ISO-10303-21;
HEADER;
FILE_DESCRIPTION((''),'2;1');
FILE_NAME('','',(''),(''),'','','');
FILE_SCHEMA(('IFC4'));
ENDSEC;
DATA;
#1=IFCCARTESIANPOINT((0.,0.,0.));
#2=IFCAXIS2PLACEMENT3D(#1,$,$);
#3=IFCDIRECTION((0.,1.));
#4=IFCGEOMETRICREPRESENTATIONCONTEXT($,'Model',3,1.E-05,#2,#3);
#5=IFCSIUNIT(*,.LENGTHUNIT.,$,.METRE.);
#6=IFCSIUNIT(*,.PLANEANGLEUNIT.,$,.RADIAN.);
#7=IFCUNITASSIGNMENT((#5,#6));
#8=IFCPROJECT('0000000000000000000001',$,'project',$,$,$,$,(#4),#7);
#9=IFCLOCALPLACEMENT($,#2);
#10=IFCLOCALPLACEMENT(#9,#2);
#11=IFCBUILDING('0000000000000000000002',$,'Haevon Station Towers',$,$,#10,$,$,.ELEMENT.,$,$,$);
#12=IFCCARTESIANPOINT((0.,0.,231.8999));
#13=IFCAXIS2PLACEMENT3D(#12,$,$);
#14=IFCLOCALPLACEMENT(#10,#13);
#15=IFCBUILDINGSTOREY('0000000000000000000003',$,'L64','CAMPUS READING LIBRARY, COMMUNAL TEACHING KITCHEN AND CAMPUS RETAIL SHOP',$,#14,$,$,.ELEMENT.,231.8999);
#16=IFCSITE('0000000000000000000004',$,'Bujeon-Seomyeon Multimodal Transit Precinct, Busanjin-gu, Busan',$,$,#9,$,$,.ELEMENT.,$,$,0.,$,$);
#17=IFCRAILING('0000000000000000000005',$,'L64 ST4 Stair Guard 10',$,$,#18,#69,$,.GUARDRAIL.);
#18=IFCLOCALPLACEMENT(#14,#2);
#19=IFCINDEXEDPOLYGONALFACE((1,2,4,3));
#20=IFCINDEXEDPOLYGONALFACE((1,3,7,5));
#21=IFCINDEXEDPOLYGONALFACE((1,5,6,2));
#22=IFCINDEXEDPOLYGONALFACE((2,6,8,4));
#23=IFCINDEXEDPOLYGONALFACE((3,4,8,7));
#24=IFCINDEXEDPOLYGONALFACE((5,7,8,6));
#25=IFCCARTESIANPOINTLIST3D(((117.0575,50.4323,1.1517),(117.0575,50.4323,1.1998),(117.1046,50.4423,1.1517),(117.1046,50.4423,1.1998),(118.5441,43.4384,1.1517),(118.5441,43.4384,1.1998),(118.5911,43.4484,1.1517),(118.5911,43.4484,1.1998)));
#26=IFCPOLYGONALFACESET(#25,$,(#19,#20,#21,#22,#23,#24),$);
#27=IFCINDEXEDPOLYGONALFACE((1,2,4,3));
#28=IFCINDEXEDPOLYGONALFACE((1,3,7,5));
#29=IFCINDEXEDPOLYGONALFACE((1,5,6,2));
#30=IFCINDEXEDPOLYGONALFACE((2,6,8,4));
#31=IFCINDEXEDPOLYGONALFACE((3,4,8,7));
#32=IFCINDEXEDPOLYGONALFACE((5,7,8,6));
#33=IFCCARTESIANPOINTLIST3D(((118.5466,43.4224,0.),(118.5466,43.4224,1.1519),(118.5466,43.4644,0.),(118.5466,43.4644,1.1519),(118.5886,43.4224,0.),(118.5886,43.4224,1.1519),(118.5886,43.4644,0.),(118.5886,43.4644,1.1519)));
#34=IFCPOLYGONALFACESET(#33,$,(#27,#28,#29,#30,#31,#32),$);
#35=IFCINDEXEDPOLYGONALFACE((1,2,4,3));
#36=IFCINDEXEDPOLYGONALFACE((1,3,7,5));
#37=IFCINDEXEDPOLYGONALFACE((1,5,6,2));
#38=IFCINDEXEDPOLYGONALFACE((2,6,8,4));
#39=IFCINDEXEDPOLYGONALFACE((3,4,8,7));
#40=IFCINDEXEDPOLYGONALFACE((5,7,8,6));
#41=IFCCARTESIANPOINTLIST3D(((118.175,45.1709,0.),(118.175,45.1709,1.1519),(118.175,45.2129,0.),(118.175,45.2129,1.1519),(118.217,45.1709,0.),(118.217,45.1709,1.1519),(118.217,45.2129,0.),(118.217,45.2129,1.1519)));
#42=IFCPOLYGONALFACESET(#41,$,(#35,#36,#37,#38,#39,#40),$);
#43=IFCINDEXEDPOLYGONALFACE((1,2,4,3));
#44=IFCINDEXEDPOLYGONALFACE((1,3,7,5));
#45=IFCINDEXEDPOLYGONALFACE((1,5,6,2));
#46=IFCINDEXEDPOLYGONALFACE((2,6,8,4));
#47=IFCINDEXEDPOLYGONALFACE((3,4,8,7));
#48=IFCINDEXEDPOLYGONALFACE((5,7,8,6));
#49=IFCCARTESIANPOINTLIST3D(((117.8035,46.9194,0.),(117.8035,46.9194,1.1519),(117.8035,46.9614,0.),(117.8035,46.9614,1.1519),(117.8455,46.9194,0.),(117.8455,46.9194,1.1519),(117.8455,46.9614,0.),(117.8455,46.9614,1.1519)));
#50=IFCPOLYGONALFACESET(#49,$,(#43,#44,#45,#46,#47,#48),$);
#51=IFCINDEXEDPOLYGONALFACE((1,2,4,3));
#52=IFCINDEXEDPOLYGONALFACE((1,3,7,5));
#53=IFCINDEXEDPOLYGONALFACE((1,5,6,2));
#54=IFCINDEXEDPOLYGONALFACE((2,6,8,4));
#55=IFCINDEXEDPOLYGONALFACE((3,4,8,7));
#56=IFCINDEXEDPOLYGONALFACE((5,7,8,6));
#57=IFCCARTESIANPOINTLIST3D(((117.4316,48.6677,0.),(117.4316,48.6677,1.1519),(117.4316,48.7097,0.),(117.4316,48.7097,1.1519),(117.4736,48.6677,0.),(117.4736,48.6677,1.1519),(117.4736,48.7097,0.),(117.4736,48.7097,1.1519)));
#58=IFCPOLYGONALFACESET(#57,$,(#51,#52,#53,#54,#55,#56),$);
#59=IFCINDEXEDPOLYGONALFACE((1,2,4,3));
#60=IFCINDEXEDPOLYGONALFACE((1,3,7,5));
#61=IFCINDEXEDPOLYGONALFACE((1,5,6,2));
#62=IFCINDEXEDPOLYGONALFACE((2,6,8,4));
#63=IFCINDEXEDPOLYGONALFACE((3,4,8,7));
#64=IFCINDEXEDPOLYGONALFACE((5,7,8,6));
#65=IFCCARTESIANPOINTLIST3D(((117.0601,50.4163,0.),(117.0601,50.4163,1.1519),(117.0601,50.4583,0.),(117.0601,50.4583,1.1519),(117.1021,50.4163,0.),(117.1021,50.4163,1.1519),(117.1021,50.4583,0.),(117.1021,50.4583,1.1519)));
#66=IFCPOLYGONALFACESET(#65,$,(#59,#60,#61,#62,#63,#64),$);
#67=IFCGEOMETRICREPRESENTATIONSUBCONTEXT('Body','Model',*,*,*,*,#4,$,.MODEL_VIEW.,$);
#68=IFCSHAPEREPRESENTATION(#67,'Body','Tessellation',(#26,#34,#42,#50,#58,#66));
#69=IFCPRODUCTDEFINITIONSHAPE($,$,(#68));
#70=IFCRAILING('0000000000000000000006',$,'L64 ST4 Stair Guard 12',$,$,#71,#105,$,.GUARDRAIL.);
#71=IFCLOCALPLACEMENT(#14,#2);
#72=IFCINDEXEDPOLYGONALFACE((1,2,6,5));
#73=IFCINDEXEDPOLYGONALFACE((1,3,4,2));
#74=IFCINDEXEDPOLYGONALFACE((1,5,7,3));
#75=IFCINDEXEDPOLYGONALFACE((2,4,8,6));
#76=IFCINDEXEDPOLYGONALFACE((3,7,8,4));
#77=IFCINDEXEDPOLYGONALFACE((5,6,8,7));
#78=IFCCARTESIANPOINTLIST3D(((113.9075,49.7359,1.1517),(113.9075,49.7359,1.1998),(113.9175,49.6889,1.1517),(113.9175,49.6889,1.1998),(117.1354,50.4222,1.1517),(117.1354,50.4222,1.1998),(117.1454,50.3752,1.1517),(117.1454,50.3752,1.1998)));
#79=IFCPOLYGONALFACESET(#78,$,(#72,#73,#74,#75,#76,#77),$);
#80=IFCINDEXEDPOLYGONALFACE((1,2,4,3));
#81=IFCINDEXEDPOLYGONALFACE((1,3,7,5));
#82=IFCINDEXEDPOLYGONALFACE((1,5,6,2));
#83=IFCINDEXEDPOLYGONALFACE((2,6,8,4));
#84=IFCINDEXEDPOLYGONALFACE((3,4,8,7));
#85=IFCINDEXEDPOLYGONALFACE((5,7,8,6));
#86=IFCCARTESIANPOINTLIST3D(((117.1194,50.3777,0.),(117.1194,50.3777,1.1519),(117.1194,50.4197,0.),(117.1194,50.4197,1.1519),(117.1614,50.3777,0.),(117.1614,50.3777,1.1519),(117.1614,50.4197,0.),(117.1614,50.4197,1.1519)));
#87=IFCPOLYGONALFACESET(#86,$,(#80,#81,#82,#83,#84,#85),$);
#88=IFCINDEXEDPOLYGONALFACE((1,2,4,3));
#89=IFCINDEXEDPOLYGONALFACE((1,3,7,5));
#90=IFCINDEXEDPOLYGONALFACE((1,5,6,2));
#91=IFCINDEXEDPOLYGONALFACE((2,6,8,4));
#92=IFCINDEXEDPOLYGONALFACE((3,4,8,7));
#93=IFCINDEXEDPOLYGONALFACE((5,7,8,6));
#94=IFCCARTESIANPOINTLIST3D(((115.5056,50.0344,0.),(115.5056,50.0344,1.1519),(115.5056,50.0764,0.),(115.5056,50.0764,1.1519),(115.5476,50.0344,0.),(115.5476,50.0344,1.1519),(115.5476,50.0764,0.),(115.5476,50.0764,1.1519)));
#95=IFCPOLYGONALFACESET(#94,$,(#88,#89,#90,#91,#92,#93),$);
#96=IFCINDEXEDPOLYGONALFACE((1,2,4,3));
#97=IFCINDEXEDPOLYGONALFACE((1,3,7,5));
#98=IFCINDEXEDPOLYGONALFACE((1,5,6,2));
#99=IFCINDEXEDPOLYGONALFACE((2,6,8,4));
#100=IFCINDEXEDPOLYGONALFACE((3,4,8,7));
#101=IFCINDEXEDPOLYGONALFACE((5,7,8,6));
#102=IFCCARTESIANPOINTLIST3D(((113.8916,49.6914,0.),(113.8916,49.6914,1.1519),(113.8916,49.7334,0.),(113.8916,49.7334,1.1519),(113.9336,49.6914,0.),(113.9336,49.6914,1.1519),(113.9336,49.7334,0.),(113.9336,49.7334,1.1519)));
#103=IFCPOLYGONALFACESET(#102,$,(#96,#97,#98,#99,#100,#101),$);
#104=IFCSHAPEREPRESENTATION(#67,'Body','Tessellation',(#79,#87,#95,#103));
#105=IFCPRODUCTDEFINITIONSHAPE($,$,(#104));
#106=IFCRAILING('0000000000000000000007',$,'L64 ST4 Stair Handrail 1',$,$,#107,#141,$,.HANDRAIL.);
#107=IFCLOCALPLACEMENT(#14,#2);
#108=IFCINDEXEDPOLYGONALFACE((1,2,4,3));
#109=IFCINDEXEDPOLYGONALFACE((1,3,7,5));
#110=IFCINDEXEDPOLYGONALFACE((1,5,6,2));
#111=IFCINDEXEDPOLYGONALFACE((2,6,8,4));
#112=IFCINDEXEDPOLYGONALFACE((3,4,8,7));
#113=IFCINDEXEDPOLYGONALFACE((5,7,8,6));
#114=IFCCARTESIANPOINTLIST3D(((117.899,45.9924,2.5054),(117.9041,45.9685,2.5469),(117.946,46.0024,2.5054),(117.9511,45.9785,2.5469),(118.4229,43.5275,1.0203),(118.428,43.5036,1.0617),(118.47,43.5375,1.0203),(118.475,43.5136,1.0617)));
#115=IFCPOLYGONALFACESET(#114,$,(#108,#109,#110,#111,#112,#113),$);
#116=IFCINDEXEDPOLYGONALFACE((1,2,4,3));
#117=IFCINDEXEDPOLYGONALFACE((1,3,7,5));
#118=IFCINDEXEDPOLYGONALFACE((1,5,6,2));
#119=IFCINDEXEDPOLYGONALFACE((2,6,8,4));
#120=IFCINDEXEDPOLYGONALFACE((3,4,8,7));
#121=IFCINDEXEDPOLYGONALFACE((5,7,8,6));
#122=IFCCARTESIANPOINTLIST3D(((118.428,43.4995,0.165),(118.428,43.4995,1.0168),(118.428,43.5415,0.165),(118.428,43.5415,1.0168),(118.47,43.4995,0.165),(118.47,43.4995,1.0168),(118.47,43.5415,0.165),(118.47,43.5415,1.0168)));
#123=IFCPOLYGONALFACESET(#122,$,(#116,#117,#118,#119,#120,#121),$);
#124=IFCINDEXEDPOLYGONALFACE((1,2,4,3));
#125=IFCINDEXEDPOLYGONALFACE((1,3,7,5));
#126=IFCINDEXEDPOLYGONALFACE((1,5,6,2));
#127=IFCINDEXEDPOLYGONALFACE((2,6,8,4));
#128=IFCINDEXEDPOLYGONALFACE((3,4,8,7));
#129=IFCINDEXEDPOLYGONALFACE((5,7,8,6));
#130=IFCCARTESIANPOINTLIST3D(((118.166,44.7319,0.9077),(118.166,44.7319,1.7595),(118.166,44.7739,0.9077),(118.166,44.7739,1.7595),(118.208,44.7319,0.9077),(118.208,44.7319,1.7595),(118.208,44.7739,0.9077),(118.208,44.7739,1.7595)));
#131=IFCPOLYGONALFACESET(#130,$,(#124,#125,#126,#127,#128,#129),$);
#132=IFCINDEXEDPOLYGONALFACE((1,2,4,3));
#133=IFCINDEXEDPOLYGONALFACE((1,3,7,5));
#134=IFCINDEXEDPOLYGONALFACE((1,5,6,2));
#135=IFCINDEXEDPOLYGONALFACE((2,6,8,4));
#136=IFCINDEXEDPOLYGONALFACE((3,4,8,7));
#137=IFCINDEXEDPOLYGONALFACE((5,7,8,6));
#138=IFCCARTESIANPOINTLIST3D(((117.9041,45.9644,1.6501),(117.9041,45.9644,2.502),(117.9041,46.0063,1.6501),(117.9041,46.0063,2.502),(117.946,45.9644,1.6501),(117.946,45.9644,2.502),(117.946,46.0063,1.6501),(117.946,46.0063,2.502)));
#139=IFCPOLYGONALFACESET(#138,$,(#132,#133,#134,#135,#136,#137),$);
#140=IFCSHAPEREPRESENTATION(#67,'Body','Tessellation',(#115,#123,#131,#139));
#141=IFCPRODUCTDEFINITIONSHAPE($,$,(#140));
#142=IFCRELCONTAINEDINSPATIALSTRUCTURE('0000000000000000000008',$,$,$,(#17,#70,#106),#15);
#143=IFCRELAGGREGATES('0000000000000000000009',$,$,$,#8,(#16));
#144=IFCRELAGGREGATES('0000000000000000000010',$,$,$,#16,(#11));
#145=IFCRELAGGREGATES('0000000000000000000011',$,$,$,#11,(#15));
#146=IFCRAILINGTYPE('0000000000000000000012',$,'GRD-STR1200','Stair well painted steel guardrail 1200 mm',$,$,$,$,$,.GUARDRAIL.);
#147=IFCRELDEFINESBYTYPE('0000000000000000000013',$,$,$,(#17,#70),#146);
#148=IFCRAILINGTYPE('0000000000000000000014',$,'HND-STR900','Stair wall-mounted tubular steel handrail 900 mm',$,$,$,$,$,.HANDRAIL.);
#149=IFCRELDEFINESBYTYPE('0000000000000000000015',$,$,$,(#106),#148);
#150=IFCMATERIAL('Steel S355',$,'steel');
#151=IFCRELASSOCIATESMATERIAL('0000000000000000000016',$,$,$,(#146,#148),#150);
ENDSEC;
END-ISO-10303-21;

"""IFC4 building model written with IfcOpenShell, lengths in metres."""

from ifc_helpers import new_model, si_unit, direction, frame, origin, origin_2d, place, context, subcontext, project, spatial, rectangle, extrude, material, type_object, element, save


model = new_model("IFC4")

# Units and contexts
model_context = context("Model", 3, precision=1e-05, world=origin(), true_north=direction((0.0, 1.0)))
body_context = subcontext(model_context, "Body", "Model", "MODEL_VIEW")
ifc_project = project(units=[si_unit("LENGTHUNIT", "METRE"), si_unit("PLANEANGLEUNIT", "RADIAN")], contexts=[model_context])

# Site, building, storey
site_placement = place(None, origin())
site = spatial("IfcSite", under=ifc_project, at=site_placement, Name="Bujeon-Seomyeon Multimodal Transit Precinct, Busanjin-gu, Busan", CompositionType="ELEMENT", RefElevation=0.0)
building_placement = place(site_placement, origin())
building = spatial("IfcBuilding", under=site, at=building_placement, Name="Haevon Station Towers", CompositionType="ELEMENT")
storey_placement = place(building_placement, frame((0.0, 0.0, 231.8999)))
storey = spatial("IfcBuildingStorey", under=building, at=storey_placement, Name="L64", Description="CAMPUS READING LIBRARY, COMMUNAL TEACHING KITCHEN AND CAMPUS RETAIL SHOP", CompositionType="ELEMENT", Elevation=231.8999)

# Shared definitions
ifc_material_1 = material(Name="Steel S355", Category="steel")

# Railings
railing_type_1 = type_object("IfcRailingType", Name="GRD-STR1200", Description="Stair well painted steel guardrail 1200 mm", PredefinedType="GUARDRAIL", material=ifc_material_1)
railing_1_placement = place(storey_placement, frame((118.5676, 43.4434, 0.0)))
element("IfcRailing", 1, at=railing_1_placement, inside=storey, type_object=railing_type_1, Name="L64 ST4 Stair Guard 10", PredefinedType="GUARDRAIL", context=body_context, shape_type="SweptSolid", body=[
    extrude(rectangle(XDim=0.0481, YDim=0.0481, at=origin_2d()), frame((0.0, 0.0, 1.1758), z_axis=(-0.207908, 0.978148, 0.0), x_axis=(-0.978148, -0.207908, 0.0)), (0.0, 0.0, 1.0), 7.1501),
    extrude(rectangle(XDim=0.042, YDim=0.042, at=origin_2d()), origin(), (0.0, 0.0, 1.0), 1.1519),
    extrude(rectangle(XDim=0.042, YDim=0.042, at=origin_2d()), frame((-0.3716, 1.7485, 0.0)), (0.0, 0.0, 1.0), 1.1519),
    extrude(rectangle(XDim=0.042, YDim=0.042, at=origin_2d()), frame((-0.7432, 3.4971, 0.0)), (0.0, 0.0, 1.0), 1.1519),
    extrude(rectangle(XDim=0.042, YDim=0.042, at=origin_2d()), frame((-1.115, 5.2454, 0.0)), (0.0, 0.0, 1.0), 1.1519),
    extrude(rectangle(XDim=0.042, YDim=0.042, at=origin_2d()), frame((-1.4866, 6.9939, 0.0)), (0.0, 0.0, 1.0), 1.1519),
])
railing_2_placement = place(storey_placement, frame((117.1404, 50.3987, 0.0)))
element("IfcRailing", 2, at=railing_2_placement, inside=storey, type_object=railing_type_1, Name="L64 ST4 Stair Guard 12", PredefinedType="GUARDRAIL", context=body_context, shape_type="SweptSolid", body=[
    extrude(rectangle(XDim=0.0481, YDim=0.0481, at=origin_2d()), frame((0.0, 0.0, 1.1758), z_axis=(-0.978136, -0.207968, 0.0), x_axis=(0.207968, -0.978136, 0.0)), (0.0, 0.0, 1.0), 3.3),
    extrude(rectangle(XDim=0.042, YDim=0.042, at=origin_2d()), origin(), (0.0, 0.0, 1.0), 1.1519),
    extrude(rectangle(XDim=0.042, YDim=0.042, at=origin_2d()), frame((-1.6138, -0.3433, 0.0)), (0.0, 0.0, 1.0), 1.1519),
    extrude(rectangle(XDim=0.042, YDim=0.042, at=origin_2d()), frame((-3.2278, -0.6863, 0.0)), (0.0, 0.0, 1.0), 1.1519),
])
railing_type_2 = type_object("IfcRailingType", Name="HND-STR900", Description="Stair wall-mounted tubular steel handrail 900 mm", PredefinedType="HANDRAIL", material=ifc_material_1)
railing_3_placement = place(storey_placement, frame((118.449, 43.5205, 0.165)))
element("IfcRailing", 3, at=railing_3_placement, inside=storey, type_object=railing_type_2, Name="L64 ST4 Stair Handrail 1", PredefinedType="HANDRAIL", context=body_context, shape_type="SweptSolid", body=[
    extrude(rectangle(XDim=0.0481, YDim=0.0481, at=origin_2d()), frame((0.0, 0.0, 0.876), z_axis=(-0.179121, 0.842688, 0.507733), x_axis=(-0.978147, -0.207914, 0.0)), (0.0, 0.0, 1.0), 2.925),
    extrude(rectangle(XDim=0.042, YDim=0.042, at=origin_2d()), origin(), (0.0, 0.0, 1.0), 0.8518),
    extrude(rectangle(XDim=0.042, YDim=0.042, at=origin_2d()), frame((-0.262, 1.2324, 0.7427)), (0.0, 0.0, 1.0), 0.8518),
    extrude(rectangle(XDim=0.042, YDim=0.042, at=origin_2d()), frame((-0.5239, 2.4648, 1.4851)), (0.0, 0.0, 1.0), 0.8518),
])

save(model, "model.ifc")
